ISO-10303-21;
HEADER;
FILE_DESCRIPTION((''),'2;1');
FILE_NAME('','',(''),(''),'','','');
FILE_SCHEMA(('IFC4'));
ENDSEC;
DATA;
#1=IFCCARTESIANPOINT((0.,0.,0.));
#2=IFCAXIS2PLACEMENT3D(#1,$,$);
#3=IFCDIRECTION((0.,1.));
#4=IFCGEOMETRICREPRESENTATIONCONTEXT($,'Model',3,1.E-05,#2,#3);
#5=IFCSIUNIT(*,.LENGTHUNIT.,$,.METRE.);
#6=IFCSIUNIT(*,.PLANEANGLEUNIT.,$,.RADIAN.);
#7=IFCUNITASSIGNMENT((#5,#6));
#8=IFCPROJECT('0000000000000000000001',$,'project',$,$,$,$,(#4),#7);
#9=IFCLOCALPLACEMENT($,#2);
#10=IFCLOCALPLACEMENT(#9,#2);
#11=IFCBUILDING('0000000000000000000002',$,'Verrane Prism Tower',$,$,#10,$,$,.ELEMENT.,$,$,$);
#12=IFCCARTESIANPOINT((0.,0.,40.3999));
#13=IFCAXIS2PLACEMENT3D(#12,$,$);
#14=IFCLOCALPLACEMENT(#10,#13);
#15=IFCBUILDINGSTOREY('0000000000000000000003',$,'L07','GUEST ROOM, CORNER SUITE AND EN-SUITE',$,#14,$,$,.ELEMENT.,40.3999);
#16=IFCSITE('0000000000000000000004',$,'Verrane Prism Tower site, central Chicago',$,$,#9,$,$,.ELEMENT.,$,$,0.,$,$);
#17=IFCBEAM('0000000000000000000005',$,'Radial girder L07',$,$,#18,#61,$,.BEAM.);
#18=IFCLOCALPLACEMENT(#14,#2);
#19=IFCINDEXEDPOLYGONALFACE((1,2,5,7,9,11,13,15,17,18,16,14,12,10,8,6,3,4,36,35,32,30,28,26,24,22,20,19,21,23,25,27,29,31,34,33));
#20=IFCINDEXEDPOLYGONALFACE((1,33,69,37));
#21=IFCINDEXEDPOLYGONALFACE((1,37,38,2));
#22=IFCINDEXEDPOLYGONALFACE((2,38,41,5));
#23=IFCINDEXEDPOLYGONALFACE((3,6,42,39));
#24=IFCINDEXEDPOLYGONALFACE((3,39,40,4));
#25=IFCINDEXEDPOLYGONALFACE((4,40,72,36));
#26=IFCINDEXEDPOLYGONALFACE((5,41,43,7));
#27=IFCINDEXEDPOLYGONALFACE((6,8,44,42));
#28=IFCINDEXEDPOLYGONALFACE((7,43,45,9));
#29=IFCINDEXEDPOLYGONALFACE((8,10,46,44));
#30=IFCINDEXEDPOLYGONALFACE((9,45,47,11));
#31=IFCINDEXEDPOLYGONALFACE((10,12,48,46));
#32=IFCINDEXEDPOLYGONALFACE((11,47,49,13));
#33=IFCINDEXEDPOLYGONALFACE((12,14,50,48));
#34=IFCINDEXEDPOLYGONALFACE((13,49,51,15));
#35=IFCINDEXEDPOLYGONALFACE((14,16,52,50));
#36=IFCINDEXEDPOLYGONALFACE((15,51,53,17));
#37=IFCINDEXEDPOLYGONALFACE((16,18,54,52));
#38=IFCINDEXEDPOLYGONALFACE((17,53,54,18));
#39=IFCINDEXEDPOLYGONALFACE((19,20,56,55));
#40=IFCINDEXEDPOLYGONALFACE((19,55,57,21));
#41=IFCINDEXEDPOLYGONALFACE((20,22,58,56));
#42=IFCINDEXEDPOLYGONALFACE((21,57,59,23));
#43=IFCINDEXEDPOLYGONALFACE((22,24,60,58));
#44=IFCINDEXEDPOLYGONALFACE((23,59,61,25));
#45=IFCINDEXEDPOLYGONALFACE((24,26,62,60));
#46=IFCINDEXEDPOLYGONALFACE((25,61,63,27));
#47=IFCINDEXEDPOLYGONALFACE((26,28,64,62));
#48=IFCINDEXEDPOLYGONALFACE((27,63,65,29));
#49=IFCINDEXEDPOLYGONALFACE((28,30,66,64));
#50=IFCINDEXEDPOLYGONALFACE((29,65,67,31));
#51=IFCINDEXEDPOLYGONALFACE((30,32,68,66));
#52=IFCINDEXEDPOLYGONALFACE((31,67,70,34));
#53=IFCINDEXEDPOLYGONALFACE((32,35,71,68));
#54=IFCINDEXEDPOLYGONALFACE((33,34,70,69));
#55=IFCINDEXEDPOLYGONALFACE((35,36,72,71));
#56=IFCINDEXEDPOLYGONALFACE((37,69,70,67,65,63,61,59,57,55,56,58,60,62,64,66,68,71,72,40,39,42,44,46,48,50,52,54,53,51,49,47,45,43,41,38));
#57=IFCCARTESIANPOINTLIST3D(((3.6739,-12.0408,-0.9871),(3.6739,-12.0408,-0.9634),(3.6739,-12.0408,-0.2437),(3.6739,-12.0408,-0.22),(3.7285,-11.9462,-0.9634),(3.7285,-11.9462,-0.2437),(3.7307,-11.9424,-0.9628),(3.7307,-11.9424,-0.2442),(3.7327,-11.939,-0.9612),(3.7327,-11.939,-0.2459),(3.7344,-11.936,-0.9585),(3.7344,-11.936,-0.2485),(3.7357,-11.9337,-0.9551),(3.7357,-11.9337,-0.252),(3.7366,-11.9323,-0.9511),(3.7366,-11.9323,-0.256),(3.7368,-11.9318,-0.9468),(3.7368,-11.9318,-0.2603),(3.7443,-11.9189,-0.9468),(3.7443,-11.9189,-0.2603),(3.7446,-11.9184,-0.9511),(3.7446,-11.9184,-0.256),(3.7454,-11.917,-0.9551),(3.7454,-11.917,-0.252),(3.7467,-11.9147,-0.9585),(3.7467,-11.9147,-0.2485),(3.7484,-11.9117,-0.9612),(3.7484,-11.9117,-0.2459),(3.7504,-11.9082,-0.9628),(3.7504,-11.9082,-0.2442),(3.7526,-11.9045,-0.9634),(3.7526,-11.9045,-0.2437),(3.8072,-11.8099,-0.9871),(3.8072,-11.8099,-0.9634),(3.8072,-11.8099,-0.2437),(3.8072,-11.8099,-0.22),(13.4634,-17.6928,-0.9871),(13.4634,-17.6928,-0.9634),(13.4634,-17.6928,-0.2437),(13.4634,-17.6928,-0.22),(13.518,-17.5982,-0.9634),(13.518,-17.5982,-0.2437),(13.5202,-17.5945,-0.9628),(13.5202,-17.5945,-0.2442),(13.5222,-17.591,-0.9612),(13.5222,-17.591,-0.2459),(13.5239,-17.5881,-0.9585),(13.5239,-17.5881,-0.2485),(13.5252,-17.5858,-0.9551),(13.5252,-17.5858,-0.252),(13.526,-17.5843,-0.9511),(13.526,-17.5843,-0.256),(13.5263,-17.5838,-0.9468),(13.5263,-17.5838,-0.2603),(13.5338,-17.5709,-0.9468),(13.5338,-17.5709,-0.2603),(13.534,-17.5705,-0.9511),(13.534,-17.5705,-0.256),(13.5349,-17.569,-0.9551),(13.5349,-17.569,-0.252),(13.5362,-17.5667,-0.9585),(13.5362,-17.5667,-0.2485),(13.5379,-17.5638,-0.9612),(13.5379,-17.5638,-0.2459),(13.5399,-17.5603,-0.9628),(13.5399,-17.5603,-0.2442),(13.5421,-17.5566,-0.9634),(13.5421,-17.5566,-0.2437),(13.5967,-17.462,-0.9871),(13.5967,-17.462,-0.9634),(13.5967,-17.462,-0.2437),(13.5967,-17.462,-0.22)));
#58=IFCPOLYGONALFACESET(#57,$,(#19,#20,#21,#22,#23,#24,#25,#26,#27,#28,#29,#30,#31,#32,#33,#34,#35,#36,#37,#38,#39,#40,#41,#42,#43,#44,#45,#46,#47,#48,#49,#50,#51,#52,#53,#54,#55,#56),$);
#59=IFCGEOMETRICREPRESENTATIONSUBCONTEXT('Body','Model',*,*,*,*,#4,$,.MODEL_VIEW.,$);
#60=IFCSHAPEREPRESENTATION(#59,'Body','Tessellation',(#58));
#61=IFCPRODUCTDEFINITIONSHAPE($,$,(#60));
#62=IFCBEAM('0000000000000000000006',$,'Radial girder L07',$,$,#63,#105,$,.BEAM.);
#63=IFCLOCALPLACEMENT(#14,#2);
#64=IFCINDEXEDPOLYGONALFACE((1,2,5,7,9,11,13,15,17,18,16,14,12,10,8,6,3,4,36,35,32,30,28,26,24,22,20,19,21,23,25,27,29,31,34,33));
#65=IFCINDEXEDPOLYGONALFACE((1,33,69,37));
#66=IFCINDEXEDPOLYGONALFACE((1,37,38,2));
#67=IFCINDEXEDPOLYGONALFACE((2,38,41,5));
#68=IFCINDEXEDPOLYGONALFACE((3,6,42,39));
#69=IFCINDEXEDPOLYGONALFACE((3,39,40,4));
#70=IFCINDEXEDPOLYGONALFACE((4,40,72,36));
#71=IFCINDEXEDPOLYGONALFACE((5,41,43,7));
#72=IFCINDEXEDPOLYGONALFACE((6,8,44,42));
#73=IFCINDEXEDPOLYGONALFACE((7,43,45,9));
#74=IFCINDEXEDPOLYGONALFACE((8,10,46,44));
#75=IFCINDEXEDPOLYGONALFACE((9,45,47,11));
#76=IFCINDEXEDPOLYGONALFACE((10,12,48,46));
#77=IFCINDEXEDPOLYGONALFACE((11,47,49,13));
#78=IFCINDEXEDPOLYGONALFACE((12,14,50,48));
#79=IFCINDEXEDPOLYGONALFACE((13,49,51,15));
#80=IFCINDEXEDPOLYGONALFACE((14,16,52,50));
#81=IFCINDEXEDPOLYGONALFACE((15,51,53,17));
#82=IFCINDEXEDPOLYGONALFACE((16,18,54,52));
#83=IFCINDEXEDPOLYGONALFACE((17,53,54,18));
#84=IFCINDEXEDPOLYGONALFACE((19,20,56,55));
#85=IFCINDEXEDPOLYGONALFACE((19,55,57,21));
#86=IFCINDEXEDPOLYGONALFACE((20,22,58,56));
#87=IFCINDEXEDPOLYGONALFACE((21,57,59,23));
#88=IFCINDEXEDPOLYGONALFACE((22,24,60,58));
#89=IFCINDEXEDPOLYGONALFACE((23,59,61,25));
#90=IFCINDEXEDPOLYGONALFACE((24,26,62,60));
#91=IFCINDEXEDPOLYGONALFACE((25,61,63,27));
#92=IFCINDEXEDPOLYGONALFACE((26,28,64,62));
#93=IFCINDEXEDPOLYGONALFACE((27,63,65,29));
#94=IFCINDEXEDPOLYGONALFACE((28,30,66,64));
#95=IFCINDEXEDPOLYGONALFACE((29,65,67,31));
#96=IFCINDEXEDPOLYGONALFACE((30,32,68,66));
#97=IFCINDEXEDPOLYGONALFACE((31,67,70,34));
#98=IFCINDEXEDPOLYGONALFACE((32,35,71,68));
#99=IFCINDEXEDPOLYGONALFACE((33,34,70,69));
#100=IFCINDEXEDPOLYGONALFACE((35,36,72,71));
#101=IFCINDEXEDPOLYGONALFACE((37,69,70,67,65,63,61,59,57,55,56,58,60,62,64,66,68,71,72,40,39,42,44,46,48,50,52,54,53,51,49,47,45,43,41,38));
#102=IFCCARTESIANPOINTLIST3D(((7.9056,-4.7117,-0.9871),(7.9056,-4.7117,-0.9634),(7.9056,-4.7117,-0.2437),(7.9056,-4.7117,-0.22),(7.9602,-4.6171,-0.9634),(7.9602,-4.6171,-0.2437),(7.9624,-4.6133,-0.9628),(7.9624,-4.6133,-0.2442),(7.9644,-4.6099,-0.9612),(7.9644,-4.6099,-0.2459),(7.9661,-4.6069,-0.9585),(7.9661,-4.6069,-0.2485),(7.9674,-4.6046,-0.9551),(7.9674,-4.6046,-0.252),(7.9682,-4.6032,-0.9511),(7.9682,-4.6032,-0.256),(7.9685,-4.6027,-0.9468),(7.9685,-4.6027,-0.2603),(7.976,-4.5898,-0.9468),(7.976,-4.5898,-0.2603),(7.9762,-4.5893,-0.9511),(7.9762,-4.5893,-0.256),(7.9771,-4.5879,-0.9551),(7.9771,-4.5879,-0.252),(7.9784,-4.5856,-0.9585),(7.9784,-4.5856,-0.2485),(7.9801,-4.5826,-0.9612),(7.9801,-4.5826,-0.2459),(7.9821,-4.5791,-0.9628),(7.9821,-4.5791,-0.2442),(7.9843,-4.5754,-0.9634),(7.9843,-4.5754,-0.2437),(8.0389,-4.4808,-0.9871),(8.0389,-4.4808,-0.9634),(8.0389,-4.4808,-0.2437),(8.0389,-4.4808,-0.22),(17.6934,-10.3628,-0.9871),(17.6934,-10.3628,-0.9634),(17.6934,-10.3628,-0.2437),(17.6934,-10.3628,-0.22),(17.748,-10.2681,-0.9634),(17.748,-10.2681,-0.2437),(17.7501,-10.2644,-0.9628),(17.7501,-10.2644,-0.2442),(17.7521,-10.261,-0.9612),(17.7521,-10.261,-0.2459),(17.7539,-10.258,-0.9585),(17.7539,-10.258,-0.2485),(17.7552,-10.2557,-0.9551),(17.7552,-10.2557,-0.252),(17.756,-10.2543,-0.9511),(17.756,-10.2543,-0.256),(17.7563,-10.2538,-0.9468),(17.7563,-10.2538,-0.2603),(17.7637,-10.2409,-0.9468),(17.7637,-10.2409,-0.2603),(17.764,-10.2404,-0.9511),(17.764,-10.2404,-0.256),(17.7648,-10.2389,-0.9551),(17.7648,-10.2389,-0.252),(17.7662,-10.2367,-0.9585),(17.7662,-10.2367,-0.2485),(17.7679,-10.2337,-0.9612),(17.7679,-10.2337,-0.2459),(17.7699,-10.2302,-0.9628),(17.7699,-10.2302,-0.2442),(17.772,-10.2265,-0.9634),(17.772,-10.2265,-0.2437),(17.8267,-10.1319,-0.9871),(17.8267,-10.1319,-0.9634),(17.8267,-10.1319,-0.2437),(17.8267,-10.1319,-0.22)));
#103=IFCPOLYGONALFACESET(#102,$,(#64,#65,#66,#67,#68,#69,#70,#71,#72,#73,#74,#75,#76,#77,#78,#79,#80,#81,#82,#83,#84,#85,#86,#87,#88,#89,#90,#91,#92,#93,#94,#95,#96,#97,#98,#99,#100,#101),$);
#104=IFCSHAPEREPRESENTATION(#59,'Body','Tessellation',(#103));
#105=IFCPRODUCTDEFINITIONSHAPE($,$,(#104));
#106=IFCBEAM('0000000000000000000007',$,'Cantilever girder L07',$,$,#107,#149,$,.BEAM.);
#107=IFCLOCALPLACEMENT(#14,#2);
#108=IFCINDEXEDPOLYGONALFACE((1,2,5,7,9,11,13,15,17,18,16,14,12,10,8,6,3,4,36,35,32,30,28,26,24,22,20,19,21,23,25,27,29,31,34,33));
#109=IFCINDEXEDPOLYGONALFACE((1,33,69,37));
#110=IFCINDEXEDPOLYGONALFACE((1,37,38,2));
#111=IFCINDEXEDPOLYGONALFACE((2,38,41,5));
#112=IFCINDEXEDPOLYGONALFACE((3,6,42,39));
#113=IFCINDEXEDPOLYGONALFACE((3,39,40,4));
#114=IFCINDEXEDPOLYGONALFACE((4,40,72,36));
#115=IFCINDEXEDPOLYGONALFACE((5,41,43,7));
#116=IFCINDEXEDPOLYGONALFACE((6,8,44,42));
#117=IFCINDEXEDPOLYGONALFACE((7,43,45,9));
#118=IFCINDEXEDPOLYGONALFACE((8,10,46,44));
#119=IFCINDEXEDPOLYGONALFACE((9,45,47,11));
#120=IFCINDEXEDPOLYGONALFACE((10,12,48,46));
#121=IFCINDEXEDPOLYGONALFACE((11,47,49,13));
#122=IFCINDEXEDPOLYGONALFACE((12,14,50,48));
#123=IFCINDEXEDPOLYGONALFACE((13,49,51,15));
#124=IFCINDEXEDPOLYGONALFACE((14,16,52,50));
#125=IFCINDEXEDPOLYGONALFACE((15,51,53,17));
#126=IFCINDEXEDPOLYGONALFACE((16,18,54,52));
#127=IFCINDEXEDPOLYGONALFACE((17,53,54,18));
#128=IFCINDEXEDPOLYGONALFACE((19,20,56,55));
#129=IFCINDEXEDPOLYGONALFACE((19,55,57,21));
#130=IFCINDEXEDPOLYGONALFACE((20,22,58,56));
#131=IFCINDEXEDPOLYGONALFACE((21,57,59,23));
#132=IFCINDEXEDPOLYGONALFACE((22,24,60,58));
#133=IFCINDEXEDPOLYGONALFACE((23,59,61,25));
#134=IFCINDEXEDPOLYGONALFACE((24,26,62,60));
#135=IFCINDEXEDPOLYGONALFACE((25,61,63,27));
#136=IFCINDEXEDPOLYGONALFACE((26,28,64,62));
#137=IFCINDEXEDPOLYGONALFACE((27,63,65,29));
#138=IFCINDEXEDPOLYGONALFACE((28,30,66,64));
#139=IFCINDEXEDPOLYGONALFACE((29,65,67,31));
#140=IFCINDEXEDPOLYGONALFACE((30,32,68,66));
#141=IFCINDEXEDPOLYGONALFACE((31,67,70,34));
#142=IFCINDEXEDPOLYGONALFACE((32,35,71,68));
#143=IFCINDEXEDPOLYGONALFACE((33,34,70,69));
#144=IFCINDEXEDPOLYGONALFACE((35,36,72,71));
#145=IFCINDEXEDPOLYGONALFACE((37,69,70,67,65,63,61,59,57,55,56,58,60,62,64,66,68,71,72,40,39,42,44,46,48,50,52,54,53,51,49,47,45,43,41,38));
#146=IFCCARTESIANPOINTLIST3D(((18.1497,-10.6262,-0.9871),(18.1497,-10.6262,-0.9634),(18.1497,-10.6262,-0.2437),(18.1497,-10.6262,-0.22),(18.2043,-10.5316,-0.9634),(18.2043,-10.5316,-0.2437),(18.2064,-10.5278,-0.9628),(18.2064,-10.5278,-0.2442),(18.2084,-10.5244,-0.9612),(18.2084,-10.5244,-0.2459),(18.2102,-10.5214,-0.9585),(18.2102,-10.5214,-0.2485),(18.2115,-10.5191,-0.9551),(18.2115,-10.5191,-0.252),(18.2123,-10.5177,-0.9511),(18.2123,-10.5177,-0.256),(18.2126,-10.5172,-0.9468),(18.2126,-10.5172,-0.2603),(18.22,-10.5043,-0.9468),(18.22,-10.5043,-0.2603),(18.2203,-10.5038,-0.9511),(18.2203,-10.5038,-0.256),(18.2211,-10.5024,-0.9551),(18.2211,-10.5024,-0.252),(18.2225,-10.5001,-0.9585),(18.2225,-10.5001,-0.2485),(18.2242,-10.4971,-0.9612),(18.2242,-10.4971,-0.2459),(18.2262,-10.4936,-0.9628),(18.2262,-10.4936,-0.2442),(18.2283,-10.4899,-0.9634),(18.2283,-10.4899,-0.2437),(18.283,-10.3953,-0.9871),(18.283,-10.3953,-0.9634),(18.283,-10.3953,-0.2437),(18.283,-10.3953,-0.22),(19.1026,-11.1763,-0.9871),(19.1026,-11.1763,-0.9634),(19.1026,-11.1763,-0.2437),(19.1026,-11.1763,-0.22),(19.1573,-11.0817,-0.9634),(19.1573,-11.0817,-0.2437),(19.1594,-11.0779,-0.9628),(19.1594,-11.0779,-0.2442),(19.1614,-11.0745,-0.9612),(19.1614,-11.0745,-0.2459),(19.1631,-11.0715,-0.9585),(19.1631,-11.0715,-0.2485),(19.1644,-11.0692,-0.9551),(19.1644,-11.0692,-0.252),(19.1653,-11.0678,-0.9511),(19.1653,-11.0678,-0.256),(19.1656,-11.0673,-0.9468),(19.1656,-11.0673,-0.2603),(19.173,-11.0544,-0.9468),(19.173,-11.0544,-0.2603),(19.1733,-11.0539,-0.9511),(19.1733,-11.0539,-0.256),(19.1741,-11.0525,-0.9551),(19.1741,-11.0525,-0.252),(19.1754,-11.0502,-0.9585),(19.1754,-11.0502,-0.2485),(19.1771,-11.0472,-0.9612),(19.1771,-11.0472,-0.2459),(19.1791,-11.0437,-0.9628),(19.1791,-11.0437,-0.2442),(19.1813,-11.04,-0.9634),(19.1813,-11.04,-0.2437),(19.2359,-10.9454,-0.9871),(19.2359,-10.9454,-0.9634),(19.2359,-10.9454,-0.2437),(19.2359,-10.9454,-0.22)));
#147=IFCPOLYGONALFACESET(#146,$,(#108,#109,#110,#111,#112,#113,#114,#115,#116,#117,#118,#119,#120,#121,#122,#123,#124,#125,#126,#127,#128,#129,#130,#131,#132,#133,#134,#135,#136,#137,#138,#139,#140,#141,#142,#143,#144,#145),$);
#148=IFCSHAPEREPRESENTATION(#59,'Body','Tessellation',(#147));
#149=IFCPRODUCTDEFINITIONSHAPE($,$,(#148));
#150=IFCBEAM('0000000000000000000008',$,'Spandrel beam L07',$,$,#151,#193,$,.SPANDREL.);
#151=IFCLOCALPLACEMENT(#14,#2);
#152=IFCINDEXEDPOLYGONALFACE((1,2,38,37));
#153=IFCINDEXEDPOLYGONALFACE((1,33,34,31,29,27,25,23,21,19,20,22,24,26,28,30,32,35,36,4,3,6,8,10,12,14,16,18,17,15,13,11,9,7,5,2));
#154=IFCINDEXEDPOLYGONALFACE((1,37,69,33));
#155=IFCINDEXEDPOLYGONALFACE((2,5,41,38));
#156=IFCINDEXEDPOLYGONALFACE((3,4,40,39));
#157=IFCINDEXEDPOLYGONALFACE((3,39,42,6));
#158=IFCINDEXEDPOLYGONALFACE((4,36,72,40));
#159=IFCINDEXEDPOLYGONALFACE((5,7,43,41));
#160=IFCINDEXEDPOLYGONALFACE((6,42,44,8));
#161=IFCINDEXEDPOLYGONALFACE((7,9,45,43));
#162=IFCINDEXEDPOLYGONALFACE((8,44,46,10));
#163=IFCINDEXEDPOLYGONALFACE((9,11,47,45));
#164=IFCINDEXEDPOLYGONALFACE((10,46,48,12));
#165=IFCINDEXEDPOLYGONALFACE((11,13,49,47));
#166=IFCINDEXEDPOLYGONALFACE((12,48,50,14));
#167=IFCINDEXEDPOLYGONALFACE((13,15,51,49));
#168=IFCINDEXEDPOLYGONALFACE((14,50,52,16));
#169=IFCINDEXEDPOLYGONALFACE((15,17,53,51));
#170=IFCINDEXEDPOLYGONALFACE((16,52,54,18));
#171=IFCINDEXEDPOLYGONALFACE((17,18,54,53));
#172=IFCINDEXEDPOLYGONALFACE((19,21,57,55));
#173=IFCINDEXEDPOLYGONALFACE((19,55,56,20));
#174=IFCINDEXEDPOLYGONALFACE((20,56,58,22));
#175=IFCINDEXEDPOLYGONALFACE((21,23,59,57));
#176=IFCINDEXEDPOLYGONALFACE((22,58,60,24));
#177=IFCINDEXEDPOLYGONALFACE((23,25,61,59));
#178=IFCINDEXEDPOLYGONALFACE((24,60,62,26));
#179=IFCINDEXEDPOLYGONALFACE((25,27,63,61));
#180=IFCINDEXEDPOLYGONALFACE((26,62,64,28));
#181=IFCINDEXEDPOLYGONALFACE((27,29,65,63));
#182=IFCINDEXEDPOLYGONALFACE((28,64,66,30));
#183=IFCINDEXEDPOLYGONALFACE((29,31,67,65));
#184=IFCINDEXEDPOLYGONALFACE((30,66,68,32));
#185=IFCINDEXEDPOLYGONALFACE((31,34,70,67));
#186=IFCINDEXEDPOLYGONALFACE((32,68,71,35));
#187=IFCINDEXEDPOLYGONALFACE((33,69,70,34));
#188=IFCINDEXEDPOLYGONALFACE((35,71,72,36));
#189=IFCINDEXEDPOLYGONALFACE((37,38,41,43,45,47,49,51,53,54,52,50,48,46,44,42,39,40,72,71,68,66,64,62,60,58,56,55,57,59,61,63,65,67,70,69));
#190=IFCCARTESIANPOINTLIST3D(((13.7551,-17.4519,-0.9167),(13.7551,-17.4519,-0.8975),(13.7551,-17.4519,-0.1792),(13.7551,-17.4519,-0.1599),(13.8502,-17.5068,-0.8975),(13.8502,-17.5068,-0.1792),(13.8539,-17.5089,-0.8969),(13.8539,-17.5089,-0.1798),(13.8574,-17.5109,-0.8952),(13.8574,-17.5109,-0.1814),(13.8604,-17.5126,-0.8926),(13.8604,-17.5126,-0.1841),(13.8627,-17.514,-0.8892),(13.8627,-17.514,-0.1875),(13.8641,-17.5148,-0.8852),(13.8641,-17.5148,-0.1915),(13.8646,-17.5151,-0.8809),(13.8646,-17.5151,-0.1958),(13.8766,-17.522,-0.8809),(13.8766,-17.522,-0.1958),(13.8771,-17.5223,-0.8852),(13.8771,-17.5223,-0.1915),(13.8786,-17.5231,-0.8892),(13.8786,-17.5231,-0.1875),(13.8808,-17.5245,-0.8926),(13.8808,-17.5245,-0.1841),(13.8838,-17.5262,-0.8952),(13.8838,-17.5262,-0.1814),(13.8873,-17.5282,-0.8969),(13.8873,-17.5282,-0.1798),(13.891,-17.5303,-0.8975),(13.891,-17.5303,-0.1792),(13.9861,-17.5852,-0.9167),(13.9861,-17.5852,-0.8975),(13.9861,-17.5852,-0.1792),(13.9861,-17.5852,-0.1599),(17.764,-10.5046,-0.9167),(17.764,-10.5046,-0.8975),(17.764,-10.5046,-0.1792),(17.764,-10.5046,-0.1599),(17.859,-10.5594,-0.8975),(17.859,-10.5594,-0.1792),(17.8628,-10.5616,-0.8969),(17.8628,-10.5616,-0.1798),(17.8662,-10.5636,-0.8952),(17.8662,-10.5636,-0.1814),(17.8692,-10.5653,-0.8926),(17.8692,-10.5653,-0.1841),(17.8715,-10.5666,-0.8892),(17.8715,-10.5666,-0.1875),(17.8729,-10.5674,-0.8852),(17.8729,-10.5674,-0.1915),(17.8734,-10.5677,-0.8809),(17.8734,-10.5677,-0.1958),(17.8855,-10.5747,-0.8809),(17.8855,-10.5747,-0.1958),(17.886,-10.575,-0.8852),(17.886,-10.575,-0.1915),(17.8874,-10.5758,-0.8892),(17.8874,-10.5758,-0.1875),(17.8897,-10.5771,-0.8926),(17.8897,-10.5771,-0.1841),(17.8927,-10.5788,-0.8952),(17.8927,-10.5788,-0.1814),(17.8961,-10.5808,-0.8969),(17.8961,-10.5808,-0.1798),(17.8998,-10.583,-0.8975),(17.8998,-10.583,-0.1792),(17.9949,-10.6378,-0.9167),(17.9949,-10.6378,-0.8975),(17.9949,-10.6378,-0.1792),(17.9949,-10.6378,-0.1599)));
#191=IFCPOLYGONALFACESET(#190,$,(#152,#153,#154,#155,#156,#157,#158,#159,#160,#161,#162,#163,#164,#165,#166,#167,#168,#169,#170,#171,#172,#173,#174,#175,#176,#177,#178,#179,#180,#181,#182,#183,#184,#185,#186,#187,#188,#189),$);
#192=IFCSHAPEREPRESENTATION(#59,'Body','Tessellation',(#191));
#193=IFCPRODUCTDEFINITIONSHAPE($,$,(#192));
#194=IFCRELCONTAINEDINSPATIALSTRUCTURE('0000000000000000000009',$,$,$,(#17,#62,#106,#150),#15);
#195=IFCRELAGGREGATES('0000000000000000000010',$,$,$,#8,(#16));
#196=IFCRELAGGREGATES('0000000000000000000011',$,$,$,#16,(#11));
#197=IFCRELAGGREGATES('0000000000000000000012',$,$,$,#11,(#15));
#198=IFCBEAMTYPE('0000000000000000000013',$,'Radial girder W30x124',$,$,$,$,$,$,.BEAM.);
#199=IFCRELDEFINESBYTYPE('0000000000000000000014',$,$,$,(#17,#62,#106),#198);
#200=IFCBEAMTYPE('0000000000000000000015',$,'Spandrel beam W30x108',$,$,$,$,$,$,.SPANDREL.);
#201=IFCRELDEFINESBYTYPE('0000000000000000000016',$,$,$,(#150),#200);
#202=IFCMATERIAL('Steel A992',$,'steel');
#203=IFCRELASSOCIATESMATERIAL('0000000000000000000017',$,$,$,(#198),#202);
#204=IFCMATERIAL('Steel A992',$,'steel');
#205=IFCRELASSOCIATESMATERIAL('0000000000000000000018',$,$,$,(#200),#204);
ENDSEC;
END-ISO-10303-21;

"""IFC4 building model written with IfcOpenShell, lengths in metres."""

from ifc_helpers import new_model, si_unit, direction, frame, origin, origin_2d, place, context, subcontext, project, spatial, i_section, extrude, material, material_profile, profile_set, type_object, element, save


model = new_model("IFC4")

# Units and contexts
model_context = context("Model", 3, precision=1e-05, world=origin(), true_north=direction((0.0, 1.0)))
body_context = subcontext(model_context, "Body", "Model", "MODEL_VIEW")
ifc_project = project(units=[si_unit("LENGTHUNIT", "METRE"), si_unit("PLANEANGLEUNIT", "RADIAN")], contexts=[model_context])

# Site, building, storey
site_placement = place(None, origin())
site = spatial("IfcSite", under=ifc_project, at=site_placement, Name="Verrane Prism Tower site, central Chicago", CompositionType="ELEMENT", RefElevation=0.0)
building_placement = place(site_placement, origin())
building = spatial("IfcBuilding", under=site, at=building_placement, Name="Verrane Prism Tower", CompositionType="ELEMENT")
storey_placement = place(building_placement, frame((0.0, 0.0, 40.3999)))
storey = spatial("IfcBuildingStorey", under=building, at=storey_placement, Name="L07", Description="GUEST ROOM, CORNER SUITE AND EN-SUITE", CompositionType="ELEMENT", Elevation=40.3999)

# Beams
ifc_material_1 = material(Name="Steel A992", Category="steel")
ifc_material_profile_1 = material_profile(ifc_material_1, i_section(OverallWidth=0.2666, OverallDepth=0.7671, WebThickness=0.0149, FlangeThickness=0.0237, FilletRadius=0.0166, at=origin_2d()), Name="W30x124")
ifc_profile_set_1 = profile_set([ifc_material_profile_1], Name="Steel A992")
beam_type_1 = type_object("IfcBeamType", Name="Radial girder W30x124", PredefinedType="BEAM", material=ifc_profile_set_1)
beam_1_placement = place(storey_placement, frame((13.53, -17.5774, -0.6035), z_axis=(-0.866022, 0.500007, 0.0), x_axis=(-0.500007, -0.866022, 0.0)))
element("IfcBeam", 1, at=beam_1_placement, inside=storey, type_object=beam_type_1, Name="Radial girder L07", PredefinedType="BEAM", context=body_context, shape_type="SweptSolid", body=[
    extrude(i_section(OverallWidth=0.2666, OverallDepth=0.7671, WebThickness=0.0149, FlangeThickness=0.0237, FilletRadius=0.0166, at=origin_2d()), origin(), (0.0, 0.0, 1.0), 11.304),
])
beam_2_placement = place(storey_placement, frame((17.76, -10.2473, -0.6035), z_axis=(-0.866021, 0.500007, 0.0), x_axis=(-0.500007, -0.866021, 0.0)))
element("IfcBeam", 2, at=beam_2_placement, inside=storey, type_object=beam_type_1, Name="Radial girder L07", PredefinedType="BEAM", context=body_context, shape_type="SweptSolid", body=[
    extrude(i_section(OverallWidth=0.2666, OverallDepth=0.7671, WebThickness=0.0149, FlangeThickness=0.0237, FilletRadius=0.0166, at=origin_2d()), origin(), (0.0, 0.0, 1.0), 11.302),
])
beam_3_placement = place(storey_placement, frame((18.2163, -10.5107, -0.6035), z_axis=(0.866064, -0.499934, 0.0), x_axis=(0.499934, 0.866064, 0.0)))
element("IfcBeam", 3, at=beam_3_placement, inside=storey, type_object=beam_type_1, Name="Cantilever girder L07", PredefinedType="BEAM", context=body_context, shape_type="SweptSolid", body=[
    extrude(i_section(OverallWidth=0.2666, OverallDepth=0.7671, WebThickness=0.0149, FlangeThickness=0.0237, FilletRadius=0.0166, at=origin_2d()), origin(), (0.0, 0.0, 1.0), 1.1003),
])
ifc_material_2 = material(Name="Steel A992", Category="steel")
ifc_material_profile_2 = material_profile(ifc_material_2, i_section(OverallWidth=0.2666, OverallDepth=0.7568, WebThickness=0.0139, FlangeThickness=0.0193, FilletRadius=0.0166, at=origin_2d()), Name="W30x108")
ifc_profile_set_2 = profile_set([ifc_material_profile_2], Name="Steel A992")
beam_type_2 = type_object("IfcBeamType", Name="Spandrel beam W30x108", PredefinedType="SPANDREL", material=ifc_profile_set_2)
beam_4_placement = place(storey_placement, frame((13.8706, -17.5186, -0.5383), z_axis=(0.499793, 0.866145, 0.0), x_axis=(-0.866145, 0.499793, 0.0)))
element("IfcBeam", 4, at=beam_4_placement, inside=storey, type_object=beam_type_2, Name="Spandrel beam L07", PredefinedType="SPANDREL", context=body_context, shape_type="SweptSolid", body=[
    extrude(i_section(OverallWidth=0.2666, OverallDepth=0.7568, WebThickness=0.0139, FlangeThickness=0.0193, FilletRadius=0.0166, at=origin_2d()), origin(), (0.0, 0.0, 1.0), 8.021),
])

save(model, "model.ifc")
